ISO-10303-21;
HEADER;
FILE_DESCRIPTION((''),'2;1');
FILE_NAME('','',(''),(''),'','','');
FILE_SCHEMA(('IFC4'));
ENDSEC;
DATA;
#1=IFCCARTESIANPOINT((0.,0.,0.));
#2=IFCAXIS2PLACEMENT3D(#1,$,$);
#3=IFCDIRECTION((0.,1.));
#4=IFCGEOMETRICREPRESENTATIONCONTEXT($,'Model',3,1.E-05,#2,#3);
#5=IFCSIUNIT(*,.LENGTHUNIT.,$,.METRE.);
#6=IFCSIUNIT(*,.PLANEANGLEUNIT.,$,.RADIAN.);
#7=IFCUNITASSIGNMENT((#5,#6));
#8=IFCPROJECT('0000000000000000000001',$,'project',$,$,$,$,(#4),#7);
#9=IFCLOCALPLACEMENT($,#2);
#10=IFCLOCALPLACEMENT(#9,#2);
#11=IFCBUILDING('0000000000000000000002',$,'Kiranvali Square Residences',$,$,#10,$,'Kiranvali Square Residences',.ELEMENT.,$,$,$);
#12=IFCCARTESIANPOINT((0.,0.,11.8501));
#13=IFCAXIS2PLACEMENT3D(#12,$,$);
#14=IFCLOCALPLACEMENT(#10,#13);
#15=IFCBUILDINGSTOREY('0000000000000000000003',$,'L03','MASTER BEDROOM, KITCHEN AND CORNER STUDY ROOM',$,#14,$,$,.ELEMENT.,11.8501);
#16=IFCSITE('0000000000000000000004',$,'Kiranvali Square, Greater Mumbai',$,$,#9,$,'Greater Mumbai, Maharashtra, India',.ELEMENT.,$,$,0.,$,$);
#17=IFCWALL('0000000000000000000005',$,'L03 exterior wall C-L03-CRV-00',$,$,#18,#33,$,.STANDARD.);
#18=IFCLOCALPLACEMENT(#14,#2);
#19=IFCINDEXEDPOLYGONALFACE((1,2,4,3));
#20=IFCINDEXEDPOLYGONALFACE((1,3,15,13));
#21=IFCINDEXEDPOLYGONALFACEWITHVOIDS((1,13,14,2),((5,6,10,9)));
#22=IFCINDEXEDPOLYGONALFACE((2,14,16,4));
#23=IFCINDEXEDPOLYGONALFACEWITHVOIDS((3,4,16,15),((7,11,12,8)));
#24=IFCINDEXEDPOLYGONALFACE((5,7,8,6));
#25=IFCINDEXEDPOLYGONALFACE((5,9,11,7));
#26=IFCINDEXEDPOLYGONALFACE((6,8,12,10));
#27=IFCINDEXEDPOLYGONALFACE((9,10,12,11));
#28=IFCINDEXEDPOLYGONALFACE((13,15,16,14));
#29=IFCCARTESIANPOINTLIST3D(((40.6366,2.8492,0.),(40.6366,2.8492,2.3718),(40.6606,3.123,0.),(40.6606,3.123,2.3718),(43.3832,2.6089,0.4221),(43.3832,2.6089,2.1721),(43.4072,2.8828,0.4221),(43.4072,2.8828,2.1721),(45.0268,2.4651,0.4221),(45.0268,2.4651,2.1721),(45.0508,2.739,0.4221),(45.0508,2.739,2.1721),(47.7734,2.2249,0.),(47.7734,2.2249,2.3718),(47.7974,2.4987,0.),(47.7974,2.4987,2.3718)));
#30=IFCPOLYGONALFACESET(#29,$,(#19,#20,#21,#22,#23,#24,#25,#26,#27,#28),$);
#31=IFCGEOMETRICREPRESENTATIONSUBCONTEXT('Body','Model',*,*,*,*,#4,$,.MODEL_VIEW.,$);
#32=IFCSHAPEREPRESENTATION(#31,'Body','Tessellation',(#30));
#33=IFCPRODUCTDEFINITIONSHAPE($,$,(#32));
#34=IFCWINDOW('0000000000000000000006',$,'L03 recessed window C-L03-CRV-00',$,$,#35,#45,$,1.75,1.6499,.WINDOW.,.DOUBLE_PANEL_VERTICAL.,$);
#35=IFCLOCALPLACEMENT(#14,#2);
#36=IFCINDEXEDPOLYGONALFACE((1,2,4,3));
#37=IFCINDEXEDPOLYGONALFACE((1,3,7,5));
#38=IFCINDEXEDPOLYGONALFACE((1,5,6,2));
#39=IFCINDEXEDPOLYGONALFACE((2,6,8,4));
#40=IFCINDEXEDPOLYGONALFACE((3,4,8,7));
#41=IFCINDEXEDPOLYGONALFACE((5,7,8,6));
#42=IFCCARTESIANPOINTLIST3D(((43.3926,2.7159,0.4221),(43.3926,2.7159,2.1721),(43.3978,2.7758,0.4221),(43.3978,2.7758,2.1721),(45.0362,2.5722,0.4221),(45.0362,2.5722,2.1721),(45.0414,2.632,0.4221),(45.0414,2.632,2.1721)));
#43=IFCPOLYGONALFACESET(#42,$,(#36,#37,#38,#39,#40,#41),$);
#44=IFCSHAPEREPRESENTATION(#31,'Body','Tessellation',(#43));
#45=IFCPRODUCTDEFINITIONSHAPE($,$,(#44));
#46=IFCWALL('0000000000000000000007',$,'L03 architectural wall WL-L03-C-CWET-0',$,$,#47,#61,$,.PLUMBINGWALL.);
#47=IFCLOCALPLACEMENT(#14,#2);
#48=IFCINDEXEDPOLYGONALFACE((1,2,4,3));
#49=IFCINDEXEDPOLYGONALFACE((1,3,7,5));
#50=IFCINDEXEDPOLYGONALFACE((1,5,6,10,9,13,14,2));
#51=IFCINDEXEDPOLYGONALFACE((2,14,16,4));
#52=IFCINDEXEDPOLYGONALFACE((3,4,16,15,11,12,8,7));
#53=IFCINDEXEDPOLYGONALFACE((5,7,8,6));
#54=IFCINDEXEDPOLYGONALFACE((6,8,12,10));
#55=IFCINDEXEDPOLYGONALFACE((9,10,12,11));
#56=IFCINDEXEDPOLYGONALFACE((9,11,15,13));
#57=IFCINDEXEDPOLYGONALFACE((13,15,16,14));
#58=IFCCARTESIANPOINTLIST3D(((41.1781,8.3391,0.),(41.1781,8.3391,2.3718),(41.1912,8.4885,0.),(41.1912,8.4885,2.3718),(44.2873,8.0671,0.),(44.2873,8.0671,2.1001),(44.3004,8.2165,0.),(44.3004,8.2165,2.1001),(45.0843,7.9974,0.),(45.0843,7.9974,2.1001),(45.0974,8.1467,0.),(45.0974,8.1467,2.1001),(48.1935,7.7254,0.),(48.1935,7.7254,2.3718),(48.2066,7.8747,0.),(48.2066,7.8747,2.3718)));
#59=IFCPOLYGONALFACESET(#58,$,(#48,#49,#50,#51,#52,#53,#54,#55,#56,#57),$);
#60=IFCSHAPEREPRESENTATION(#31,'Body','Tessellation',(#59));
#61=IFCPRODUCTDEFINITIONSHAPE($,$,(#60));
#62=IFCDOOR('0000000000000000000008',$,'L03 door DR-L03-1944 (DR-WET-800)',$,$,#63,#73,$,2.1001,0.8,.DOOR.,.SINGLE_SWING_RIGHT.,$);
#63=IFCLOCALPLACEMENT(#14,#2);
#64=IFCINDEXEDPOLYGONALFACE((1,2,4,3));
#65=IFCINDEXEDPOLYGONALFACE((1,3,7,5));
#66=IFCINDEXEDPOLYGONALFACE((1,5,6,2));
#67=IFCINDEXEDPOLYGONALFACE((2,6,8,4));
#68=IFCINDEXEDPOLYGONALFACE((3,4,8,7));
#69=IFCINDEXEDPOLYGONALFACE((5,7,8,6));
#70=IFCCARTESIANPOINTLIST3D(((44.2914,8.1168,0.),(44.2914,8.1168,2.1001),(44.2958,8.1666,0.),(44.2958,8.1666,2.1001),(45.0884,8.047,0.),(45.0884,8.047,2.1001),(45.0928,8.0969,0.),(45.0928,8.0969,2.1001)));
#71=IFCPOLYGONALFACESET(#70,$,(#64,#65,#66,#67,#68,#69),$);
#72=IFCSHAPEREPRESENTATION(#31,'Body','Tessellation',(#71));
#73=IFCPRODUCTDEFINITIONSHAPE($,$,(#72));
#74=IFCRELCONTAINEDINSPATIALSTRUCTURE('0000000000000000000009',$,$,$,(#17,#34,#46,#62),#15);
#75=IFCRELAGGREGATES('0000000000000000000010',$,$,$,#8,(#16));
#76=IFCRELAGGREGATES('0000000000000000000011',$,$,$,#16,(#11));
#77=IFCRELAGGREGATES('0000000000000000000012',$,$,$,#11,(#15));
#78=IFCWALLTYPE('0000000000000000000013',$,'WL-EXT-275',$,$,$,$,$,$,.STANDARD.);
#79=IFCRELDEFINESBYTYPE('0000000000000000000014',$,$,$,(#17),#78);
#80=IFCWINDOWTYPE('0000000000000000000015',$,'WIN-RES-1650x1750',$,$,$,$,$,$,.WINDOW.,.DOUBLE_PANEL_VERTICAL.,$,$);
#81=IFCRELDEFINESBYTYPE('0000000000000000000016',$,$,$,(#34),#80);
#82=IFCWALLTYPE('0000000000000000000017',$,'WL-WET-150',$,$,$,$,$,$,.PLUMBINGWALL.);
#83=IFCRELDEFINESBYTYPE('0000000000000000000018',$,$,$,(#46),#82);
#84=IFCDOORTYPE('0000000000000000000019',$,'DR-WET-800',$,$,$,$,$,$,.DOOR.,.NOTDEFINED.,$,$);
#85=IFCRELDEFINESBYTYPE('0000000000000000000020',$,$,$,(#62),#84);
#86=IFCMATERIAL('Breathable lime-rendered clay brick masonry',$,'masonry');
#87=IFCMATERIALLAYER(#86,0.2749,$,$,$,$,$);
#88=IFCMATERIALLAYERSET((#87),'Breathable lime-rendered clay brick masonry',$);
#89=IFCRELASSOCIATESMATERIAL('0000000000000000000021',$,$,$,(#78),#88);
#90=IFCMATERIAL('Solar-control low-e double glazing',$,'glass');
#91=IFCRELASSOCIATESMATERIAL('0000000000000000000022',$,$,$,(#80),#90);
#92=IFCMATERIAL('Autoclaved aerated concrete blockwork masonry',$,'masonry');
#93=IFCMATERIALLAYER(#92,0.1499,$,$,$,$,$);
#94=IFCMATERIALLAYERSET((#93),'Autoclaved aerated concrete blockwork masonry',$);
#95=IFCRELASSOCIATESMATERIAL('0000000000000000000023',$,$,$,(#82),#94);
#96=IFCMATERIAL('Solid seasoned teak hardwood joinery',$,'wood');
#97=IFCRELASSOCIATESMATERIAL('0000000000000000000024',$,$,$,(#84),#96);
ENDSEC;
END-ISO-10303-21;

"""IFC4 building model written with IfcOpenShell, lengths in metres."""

from ifc_helpers import new_model, si_unit, direction, frame, frame_2d, origin, place, context, subcontext, project, spatial, rectangle, extrude, material, layer, layer_set, type_object, element, fill, save


model = new_model("IFC4")

# Units and contexts
model_context = context("Model", 3, precision=1e-05, world=origin(), true_north=direction((0.0, 1.0)))
body_context = subcontext(model_context, "Body", "Model", "MODEL_VIEW")
ifc_project = project(units=[si_unit("LENGTHUNIT", "METRE"), si_unit("PLANEANGLEUNIT", "RADIAN")], contexts=[model_context])

# Site, building, storey
site_placement = place(None, origin())
site = spatial("IfcSite", under=ifc_project, at=site_placement, Name="Kiranvali Square, Greater Mumbai", LongName="Greater Mumbai, Maharashtra, India", CompositionType="ELEMENT", RefElevation=0.0)
building_placement = place(site_placement, origin())
building = spatial("IfcBuilding", under=site, at=building_placement, Name="Kiranvali Square Residences", LongName="Kiranvali Square Residences", CompositionType="ELEMENT")
storey_placement = place(building_placement, frame((0.0, 0.0, 11.8501)))
storey = spatial("IfcBuildingStorey", under=building, at=storey_placement, Name="L03", Description="MASTER BEDROOM, KITCHEN AND CORNER STUDY ROOM", CompositionType="ELEMENT", Elevation=11.8501)

# Wall, opening, window
ifc_material_1 = material(Name="Breathable lime-rendered clay brick masonry", Category="masonry")
ifc_layer_1 = layer(ifc_material_1, 0.2749)
ifc_layer_set_1 = layer_set([ifc_layer_1], Name="Breathable lime-rendered clay brick masonry")
wall_type_1 = type_object("IfcWallType", Name="WL-EXT-275", PredefinedType="STANDARD", material=ifc_layer_set_1)
wall_1_placement = place(storey_placement, frame((47.7854, 2.3618, 0.0), z_axis=(0.0, 0.0, 1.0), x_axis=(-0.996196, 0.08714, 0.0)))
wall_1 = element("IfcWall", 1, at=wall_1_placement, inside=storey, type_object=wall_type_1, Name="L03 exterior wall C-L03-CRV-00", PredefinedType="STANDARD", context=body_context, shape_type="SweptSolid", body=[
    extrude(rectangle(XDim=7.1641, YDim=0.2749, at=frame_2d((3.582, 0.0))), origin(), (0.0, 0.0, 1.0), 2.3718),
])
opening_1_placement = place(wall_1_placement, frame((2.7571, 0.0, 0.4221)))
opening_1 = element("IfcOpeningElement", 2, at=opening_1_placement, cuts=wall_1, PredefinedType="OPENING", context=body_context, shape_type="SweptSolid", body=[
    extrude(rectangle(XDim=1.6499, YDim=1.75, at=frame_2d((0.825, 0.875))), frame((0.0, 0.1475, 0.0), z_axis=(0.0, -1.0, 0.0), x_axis=(1.0, 0.0, 0.0)), (0.0, 0.0, 1.0), 0.2949),
])
ifc_material_2 = material(Name="Solar-control low-e double glazing", Category="glass")
window_type_1 = type_object("IfcWindowType", Name="WIN-RES-1650x1750", PartitioningType="DOUBLE_PANEL_VERTICAL", PredefinedType="WINDOW", material=ifc_material_2)
window_1_placement = place(opening_1_placement, origin())
window_1 = element("IfcWindow", 3, at=window_1_placement, inside=storey, type_object=window_type_1, Name="L03 recessed window C-L03-CRV-00", OverallHeight=1.75, OverallWidth=1.6499, PartitioningType="DOUBLE_PANEL_VERTICAL", PredefinedType="WINDOW", context=body_context, shape_type="SweptSolid", body=[
    extrude(rectangle(XDim=1.6499, YDim=1.75, at=frame_2d((0.825, 0.875))), frame((0.0, 0.03, 0.0), z_axis=(0.0, -1.0, 0.0), x_axis=(1.0, 0.0, 0.0)), (0.0, 0.0, 1.0), 0.0601),
])
fill(opening_1, window_1)

# Wall, opening, door
ifc_material_3 = material(Name="Autoclaved aerated concrete blockwork masonry", Category="masonry")
ifc_layer_2 = layer(ifc_material_3, 0.1499)
ifc_layer_set_2 = layer_set([ifc_layer_2], Name="Autoclaved aerated concrete blockwork masonry")
wall_type_2 = type_object("IfcWallType", Name="WL-WET-150", PredefinedType="PLUMBINGWALL", material=ifc_layer_set_2)
wall_2_placement = place(storey_placement, frame((48.2, 7.8, 0.0), z_axis=(0.0, 0.0, 1.0), x_axis=(-0.996195, 0.087156, 0.0)))
wall_2 = element("IfcWall", 4, at=wall_2_placement, inside=storey, type_object=wall_type_2, Name="L03 architectural wall WL-L03-C-CWET-0", PredefinedType="PLUMBINGWALL", context=body_context, shape_type="SweptSolid", body=[
    extrude(rectangle(XDim=7.0422, YDim=0.1499, at=frame_2d((3.521, 0.0))), origin(), (0.0, 0.0, 1.0), 2.3718),
])
opening_2_placement = place(wall_2_placement, frame((3.1211, 0.0, 0.0)))
opening_2 = element("IfcOpeningElement", 5, at=opening_2_placement, cuts=wall_2, PredefinedType="OPENING", context=body_context, shape_type="SweptSolid", body=[
    extrude(rectangle(XDim=0.8, YDim=2.1001, at=frame_2d((0.3999, 1.05))), frame((0.0, 0.085, 0.0), z_axis=(0.0, -1.0, 0.0), x_axis=(1.0, 0.0, 0.0)), (0.0, 0.0, 1.0), 0.1699),
])
ifc_material_4 = material(Name="Solid seasoned teak hardwood joinery", Category="wood")
door_type_1 = type_object("IfcDoorType", Name="DR-WET-800", OperationType="NOTDEFINED", PredefinedType="DOOR", material=ifc_material_4)
door_1_placement = place(opening_2_placement, frame((0.8, 0.0, 0.0), z_axis=(0.0, 0.0, 1.0), x_axis=(-1.0, 0.0, 0.0)))
door_1 = element("IfcDoor", 6, at=door_1_placement, inside=storey, type_object=door_type_1, Name="L03 door DR-L03-1944 (DR-WET-800)", OperationType="SINGLE_SWING_RIGHT", OverallHeight=2.1001, OverallWidth=0.8, PredefinedType="DOOR", context=body_context, shape_type="SweptSolid", body=[
    extrude(rectangle(XDim=0.8, YDim=2.1001, at=frame_2d((0.3999, 1.05))), frame((0.0, 0.0249, 0.0), z_axis=(0.0, -1.0, 0.0), x_axis=(1.0, 0.0, 0.0)), (0.0, 0.0, 1.0), 0.05),
])
fill(opening_2, door_1)

save(model, "model.ifc")
